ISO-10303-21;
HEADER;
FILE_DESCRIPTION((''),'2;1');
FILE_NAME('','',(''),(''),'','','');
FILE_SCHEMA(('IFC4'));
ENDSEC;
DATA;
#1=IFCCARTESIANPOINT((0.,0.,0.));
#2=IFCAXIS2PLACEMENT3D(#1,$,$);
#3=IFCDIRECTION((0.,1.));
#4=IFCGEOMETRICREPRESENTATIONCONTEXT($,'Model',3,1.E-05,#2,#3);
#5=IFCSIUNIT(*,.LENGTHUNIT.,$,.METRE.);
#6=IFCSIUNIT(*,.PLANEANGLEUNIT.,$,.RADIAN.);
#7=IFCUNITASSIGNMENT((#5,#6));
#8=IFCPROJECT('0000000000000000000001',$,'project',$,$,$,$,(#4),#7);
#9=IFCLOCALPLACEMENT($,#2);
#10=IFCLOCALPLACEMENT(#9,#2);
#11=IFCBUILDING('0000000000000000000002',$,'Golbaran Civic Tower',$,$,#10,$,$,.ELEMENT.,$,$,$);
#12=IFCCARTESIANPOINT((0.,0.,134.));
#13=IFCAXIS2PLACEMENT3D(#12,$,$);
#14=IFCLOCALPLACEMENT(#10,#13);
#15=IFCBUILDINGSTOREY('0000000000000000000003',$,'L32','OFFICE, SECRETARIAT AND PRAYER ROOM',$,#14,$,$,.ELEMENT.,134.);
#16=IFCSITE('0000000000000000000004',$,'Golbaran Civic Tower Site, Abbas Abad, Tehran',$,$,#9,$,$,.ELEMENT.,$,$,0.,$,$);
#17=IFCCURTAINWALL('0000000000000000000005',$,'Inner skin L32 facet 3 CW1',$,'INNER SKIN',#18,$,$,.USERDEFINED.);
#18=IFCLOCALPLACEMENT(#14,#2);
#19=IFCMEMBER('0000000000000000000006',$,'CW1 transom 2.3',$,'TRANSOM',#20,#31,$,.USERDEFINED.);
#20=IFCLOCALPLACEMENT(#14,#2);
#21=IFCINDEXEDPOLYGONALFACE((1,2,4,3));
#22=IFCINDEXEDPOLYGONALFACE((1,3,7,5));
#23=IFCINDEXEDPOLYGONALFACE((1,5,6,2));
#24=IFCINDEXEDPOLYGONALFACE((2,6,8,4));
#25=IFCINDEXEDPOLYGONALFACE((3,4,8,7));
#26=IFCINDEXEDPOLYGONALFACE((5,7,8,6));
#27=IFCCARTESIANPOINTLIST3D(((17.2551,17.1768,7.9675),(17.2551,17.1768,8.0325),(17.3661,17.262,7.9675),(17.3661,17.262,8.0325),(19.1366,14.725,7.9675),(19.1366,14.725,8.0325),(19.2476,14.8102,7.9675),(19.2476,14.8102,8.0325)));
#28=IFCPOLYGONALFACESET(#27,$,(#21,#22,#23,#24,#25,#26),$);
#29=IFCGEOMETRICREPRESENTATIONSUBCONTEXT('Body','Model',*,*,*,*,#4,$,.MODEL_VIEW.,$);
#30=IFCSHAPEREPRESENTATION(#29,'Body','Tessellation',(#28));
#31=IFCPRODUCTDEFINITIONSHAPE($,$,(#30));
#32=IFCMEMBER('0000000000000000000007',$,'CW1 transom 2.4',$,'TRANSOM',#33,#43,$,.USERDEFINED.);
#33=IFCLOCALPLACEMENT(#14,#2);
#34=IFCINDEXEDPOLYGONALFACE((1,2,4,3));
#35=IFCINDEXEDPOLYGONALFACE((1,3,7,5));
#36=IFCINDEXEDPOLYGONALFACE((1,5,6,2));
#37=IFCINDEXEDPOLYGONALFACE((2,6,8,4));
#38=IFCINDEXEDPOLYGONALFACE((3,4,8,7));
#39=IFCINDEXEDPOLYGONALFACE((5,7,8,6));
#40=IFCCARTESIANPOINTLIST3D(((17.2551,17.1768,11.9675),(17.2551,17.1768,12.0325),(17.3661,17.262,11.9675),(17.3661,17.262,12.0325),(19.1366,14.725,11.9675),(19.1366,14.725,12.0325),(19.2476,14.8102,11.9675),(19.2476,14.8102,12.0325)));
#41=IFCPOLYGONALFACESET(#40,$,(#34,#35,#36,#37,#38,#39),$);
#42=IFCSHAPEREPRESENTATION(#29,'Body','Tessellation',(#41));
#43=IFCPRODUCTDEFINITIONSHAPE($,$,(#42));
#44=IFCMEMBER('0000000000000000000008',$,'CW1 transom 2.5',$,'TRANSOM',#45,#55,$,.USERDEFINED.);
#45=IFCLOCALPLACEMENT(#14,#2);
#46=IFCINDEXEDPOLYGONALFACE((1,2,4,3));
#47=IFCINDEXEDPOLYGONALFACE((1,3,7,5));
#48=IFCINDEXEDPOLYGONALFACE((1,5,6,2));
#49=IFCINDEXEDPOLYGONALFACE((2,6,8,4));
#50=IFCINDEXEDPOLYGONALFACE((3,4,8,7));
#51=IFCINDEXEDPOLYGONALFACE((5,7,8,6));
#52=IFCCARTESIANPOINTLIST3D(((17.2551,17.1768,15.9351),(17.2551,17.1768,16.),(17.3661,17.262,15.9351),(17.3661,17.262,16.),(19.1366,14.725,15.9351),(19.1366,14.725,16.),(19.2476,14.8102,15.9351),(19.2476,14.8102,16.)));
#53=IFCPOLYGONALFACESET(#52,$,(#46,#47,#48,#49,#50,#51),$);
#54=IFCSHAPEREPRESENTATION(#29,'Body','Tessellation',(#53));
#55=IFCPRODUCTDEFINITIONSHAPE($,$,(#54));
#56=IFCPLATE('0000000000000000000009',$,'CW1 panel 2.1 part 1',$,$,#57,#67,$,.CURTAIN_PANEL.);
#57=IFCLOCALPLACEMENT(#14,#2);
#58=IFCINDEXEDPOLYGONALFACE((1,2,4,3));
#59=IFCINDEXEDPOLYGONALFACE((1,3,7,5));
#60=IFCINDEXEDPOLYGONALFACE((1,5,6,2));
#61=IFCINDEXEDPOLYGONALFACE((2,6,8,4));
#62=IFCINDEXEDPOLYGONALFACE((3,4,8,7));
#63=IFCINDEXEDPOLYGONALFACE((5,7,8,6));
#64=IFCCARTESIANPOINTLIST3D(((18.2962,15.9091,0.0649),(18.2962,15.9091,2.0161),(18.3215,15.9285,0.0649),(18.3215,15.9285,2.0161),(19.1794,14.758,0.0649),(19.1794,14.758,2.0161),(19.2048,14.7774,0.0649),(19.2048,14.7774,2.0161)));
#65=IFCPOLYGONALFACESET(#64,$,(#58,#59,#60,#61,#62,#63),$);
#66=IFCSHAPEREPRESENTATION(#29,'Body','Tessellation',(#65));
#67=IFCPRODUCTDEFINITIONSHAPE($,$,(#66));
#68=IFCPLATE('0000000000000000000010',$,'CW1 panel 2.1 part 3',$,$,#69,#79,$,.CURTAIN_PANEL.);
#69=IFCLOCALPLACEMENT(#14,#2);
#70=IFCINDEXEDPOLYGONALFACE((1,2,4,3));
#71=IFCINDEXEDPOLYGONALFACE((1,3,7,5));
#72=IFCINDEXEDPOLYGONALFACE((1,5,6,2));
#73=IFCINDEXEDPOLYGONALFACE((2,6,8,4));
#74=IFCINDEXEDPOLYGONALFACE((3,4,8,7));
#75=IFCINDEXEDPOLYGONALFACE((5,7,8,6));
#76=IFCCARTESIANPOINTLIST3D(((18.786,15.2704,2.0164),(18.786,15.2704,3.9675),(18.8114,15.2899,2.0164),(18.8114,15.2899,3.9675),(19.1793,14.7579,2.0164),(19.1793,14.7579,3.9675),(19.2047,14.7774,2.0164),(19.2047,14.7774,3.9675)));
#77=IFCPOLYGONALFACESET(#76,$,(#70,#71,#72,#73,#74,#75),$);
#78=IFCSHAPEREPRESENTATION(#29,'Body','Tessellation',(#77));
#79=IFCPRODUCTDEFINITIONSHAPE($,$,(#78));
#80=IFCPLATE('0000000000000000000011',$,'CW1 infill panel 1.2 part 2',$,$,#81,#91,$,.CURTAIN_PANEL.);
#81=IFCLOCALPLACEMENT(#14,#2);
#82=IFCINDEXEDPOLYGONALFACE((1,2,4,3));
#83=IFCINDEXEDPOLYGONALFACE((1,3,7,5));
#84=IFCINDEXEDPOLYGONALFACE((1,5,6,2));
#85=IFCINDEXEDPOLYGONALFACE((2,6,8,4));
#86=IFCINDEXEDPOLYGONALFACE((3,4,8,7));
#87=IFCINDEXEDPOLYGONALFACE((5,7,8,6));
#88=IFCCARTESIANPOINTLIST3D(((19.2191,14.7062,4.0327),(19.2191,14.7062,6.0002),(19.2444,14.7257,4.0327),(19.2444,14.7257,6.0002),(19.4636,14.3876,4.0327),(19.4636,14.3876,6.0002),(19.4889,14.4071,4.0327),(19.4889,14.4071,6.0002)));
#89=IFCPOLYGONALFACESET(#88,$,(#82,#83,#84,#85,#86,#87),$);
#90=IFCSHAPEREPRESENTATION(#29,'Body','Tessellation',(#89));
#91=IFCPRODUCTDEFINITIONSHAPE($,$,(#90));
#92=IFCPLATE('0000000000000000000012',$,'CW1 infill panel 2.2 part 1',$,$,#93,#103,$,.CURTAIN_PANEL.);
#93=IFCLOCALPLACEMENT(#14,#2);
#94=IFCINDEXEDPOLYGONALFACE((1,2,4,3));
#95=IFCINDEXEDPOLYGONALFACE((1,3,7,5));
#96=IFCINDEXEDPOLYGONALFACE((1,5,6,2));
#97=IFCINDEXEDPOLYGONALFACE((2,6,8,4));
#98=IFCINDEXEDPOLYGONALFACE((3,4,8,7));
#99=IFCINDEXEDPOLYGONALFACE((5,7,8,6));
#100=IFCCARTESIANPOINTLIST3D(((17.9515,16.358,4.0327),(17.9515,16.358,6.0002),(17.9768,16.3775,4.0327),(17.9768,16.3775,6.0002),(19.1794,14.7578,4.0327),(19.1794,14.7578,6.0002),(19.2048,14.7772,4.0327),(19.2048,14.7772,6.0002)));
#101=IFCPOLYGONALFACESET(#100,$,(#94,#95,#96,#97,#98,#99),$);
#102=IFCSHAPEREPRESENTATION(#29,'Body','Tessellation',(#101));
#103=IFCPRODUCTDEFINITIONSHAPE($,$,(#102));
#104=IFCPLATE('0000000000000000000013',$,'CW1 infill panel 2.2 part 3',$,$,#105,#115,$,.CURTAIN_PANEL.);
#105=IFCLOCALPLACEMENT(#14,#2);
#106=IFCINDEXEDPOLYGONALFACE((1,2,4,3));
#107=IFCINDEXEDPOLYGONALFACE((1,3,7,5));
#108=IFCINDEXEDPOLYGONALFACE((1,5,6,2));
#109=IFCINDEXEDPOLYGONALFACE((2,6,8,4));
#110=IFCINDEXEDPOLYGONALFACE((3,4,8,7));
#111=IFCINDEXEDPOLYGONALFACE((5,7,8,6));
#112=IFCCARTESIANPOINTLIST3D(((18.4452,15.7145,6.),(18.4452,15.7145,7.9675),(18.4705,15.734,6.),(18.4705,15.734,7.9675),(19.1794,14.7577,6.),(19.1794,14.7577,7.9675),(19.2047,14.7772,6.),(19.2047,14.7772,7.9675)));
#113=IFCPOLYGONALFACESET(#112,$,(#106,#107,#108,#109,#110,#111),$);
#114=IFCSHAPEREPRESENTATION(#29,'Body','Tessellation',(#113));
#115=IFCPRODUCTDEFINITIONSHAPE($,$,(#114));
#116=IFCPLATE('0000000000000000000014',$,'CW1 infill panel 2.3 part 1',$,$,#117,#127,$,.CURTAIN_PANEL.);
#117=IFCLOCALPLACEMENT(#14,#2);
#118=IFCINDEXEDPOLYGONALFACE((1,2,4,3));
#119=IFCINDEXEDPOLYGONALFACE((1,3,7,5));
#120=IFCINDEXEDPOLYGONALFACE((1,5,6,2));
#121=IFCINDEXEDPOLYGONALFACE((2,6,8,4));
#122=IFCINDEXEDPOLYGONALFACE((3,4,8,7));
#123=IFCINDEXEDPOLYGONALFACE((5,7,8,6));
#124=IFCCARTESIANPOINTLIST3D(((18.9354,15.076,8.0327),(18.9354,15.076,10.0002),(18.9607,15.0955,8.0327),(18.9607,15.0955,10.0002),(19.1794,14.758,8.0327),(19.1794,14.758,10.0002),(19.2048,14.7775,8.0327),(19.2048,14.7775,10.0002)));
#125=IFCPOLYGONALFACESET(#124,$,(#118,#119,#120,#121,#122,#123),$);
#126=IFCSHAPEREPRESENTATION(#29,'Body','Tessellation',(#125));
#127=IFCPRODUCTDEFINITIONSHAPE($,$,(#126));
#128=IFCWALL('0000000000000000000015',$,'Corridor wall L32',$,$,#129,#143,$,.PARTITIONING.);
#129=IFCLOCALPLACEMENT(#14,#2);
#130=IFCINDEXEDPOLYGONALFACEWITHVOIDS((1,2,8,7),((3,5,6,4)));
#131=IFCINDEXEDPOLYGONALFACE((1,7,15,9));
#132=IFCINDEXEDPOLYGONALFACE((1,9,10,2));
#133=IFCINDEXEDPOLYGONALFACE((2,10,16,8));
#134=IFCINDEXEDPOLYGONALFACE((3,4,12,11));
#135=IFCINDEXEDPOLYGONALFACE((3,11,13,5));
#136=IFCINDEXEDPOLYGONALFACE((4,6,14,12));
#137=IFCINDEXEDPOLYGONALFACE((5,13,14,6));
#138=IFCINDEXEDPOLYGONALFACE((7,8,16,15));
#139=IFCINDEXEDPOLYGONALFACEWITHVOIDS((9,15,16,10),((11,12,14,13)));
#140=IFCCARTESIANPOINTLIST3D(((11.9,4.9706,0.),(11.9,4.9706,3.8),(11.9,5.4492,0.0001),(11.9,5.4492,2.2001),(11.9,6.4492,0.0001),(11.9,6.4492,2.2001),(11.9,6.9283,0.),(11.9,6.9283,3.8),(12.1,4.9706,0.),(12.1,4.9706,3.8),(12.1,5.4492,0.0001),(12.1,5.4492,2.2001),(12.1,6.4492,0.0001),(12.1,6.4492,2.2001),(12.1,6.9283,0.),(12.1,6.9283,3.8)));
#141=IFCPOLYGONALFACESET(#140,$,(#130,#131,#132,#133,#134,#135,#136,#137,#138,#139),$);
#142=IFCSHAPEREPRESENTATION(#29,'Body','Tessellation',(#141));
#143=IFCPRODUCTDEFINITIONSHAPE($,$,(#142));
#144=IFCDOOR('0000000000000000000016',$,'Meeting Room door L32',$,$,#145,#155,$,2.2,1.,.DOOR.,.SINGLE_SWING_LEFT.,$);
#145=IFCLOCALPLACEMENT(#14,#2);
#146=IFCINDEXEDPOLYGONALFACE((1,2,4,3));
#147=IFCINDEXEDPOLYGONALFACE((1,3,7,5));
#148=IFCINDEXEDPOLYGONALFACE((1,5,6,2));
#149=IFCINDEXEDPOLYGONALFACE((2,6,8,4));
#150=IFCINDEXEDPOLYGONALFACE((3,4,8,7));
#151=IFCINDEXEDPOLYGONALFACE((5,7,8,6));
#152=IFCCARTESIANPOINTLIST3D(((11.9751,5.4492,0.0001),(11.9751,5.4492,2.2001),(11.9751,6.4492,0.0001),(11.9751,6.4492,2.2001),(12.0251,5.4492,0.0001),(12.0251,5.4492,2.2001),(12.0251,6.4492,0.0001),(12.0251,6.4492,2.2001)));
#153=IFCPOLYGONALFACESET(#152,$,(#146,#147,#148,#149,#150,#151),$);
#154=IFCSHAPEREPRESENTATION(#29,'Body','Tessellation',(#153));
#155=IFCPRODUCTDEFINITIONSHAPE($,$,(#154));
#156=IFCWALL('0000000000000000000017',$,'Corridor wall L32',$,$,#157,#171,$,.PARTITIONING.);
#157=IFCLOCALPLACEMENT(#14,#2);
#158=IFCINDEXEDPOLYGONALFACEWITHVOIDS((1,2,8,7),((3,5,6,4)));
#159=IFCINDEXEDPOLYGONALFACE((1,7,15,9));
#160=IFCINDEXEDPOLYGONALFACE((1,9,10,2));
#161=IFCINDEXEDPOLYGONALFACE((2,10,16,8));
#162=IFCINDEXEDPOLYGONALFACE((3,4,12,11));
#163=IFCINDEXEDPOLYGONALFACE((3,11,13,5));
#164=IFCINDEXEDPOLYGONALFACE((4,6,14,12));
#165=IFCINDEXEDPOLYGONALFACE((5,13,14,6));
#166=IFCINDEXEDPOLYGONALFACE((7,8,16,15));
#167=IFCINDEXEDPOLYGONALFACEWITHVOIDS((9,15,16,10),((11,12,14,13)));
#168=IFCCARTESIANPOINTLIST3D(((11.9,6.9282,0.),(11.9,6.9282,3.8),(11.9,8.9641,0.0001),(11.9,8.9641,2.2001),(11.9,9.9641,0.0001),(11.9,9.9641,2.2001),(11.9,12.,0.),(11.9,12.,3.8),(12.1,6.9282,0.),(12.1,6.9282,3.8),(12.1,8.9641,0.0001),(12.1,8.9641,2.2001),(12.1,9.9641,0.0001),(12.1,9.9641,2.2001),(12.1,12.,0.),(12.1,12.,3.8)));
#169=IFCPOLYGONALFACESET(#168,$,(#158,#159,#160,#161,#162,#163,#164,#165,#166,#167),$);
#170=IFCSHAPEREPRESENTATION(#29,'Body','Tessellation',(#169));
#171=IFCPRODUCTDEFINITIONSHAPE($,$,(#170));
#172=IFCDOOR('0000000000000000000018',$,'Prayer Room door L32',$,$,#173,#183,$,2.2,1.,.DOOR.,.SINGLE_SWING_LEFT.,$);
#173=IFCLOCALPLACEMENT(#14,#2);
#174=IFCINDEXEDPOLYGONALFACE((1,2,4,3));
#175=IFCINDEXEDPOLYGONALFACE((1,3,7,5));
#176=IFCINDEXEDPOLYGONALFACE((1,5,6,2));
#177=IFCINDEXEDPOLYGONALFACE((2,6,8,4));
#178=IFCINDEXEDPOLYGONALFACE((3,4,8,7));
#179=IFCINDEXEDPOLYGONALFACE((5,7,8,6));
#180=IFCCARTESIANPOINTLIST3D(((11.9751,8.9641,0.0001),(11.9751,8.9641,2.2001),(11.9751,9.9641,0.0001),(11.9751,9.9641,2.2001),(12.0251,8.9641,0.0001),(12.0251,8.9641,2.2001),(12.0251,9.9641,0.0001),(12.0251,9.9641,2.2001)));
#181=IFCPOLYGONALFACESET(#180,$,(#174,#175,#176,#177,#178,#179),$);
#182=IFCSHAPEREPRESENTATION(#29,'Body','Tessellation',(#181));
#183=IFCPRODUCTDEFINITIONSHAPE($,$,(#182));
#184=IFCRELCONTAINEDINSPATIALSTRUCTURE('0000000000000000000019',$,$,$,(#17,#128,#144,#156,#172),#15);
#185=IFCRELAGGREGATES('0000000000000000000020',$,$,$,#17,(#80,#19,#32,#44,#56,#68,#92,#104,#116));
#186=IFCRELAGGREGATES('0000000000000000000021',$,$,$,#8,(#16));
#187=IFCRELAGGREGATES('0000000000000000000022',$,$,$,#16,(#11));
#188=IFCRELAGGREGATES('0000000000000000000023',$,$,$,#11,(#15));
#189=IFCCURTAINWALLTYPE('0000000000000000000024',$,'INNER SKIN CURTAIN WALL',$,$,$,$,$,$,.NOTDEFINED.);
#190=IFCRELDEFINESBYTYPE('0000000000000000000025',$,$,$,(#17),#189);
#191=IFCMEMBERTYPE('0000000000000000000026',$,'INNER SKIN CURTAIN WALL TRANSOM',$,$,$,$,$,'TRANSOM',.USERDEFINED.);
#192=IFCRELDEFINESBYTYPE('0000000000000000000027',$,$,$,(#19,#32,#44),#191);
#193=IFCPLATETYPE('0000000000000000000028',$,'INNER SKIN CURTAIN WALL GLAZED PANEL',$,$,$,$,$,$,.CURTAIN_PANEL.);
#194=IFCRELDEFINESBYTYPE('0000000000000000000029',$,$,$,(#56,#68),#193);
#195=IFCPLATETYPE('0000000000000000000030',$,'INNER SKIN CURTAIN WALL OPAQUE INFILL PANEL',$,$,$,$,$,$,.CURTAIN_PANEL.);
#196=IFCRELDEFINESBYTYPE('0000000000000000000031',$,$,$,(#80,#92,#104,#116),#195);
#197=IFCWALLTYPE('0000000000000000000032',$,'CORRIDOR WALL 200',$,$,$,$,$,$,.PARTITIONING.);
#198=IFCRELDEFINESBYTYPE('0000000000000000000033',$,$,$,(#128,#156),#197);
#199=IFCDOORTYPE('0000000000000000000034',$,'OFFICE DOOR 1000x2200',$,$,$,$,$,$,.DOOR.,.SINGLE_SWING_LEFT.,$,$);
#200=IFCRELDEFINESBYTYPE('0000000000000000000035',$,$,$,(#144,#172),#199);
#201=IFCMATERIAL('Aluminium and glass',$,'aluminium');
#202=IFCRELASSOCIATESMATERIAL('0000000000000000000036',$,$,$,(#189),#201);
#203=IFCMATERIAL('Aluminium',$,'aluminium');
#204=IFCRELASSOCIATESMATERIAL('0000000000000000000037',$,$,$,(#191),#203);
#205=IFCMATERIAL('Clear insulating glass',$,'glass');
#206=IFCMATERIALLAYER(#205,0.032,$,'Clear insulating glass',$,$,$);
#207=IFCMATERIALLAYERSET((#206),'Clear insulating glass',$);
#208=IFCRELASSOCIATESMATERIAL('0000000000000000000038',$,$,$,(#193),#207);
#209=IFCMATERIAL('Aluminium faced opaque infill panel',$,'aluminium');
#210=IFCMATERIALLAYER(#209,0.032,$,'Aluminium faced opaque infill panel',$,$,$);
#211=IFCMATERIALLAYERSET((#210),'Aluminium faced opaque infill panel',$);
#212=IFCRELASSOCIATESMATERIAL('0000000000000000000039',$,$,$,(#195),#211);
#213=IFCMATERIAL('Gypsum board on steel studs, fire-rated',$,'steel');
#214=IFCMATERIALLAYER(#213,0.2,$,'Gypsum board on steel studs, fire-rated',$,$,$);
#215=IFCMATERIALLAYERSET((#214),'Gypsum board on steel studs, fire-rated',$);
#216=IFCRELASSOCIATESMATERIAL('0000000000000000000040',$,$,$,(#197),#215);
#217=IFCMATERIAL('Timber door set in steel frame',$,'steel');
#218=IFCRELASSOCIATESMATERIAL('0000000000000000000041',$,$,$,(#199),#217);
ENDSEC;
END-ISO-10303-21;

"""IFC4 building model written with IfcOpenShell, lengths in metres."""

from ifc_helpers import new_model, si_unit, direction, frame, frame_2d, origin, origin_2d, place, context, subcontext, project, spatial, rectangle, extrude, material, layer, layer_set, material_profile, profile_set, type_object, element, fill, aggregate, save


model = new_model("IFC4")

# Units and contexts
model_context = context("Model", 3, precision=1e-05, world=origin(), true_north=direction((0.0, 1.0)))
body_context = subcontext(model_context, "Body", "Model", "MODEL_VIEW")
ifc_project = project(units=[si_unit("LENGTHUNIT", "METRE"), si_unit("PLANEANGLEUNIT", "RADIAN")], contexts=[model_context])

# Site, building, storey
site_placement = place(None, origin())
site = spatial("IfcSite", under=ifc_project, at=site_placement, Name="Golbaran Civic Tower Site, Abbas Abad, Tehran", CompositionType="ELEMENT", RefElevation=0.0)
building_placement = place(site_placement, origin())
building = spatial("IfcBuilding", under=site, at=building_placement, Name="Golbaran Civic Tower", CompositionType="ELEMENT")
storey_placement = place(building_placement, frame((0.0, 0.0, 134.0)))
storey = spatial("IfcBuildingStorey", under=building, at=storey_placement, Name="L32", Description="OFFICE, SECRETARIAT AND PRAYER ROOM", CompositionType="ELEMENT", Elevation=134.0)

# Curtain wall, members, plates
ifc_material_1 = material(Name="Aluminium and glass", Category="aluminium")
curtain_wall_type = type_object("IfcCurtainWallType", Name="INNER SKIN CURTAIN WALL", PredefinedType="NOTDEFINED", material=ifc_material_1)
curtain_wall_placement = place(storey_placement, origin())
curtain_wall = element("IfcCurtainWall", 1, at=curtain_wall_placement, inside=storey, type_object=curtain_wall_type, Name="Inner skin L32 facet 3 CW1", ObjectType="INNER SKIN", PredefinedType="USERDEFINED")
ifc_material_2 = material(Name="Aluminium", Category="aluminium")
ifc_material_profile_1 = material_profile(ifc_material_2, rectangle(XDim=0.1399, YDim=0.0649, at=origin_2d()), Name="INNER SKIN CURTAIN WALL TRANSOM")
ifc_profile_set_1 = profile_set([ifc_material_profile_1], Name="Aluminium")
member_type_1 = type_object("IfcMemberType", Name="INNER SKIN CURTAIN WALL TRANSOM", ElementType="TRANSOM", PredefinedType="USERDEFINED", material=ifc_profile_set_1)
member_1_placement = place(storey_placement, frame((19.1921, 14.7676, 8.0), z_axis=(-0.608798, 0.793325, 0.0), x_axis=(-0.793325, -0.608798, 0.0)))
member_1 = element("IfcMember", 2, at=member_1_placement, type_object=member_type_1, Name="CW1 transom 2.3", ObjectType="TRANSOM", PredefinedType="USERDEFINED", context=body_context, shape_type="SweptSolid", body=[
    extrude(rectangle(XDim=0.1399, YDim=0.0649, at=origin_2d()), origin(), (0.0, 0.0, 1.0), 3.0906),
])
member_2_placement = place(storey_placement, frame((19.1921, 14.7676, 12.0), z_axis=(-0.608798, 0.793325, 0.0), x_axis=(-0.793325, -0.608798, 0.0)))
member_2 = element("IfcMember", 3, at=member_2_placement, type_object=member_type_1, Name="CW1 transom 2.4", ObjectType="TRANSOM", PredefinedType="USERDEFINED", context=body_context, shape_type="SweptSolid", body=[
    extrude(rectangle(XDim=0.1399, YDim=0.0649, at=origin_2d()), origin(), (0.0, 0.0, 1.0), 3.0906),
])
member_3_placement = place(storey_placement, frame((19.1921, 14.7676, 15.9675), z_axis=(-0.608798, 0.793325, 0.0), x_axis=(-0.793325, -0.608798, 0.0)))
member_3 = element("IfcMember", 4, at=member_3_placement, type_object=member_type_1, Name="CW1 transom 2.5", ObjectType="TRANSOM", PredefinedType="USERDEFINED", context=body_context, shape_type="SweptSolid", body=[
    extrude(rectangle(XDim=0.1399, YDim=0.0649, at=origin_2d()), origin(), (0.0, 0.0, 1.0), 3.0906),
])
ifc_material_3 = material(Name="Clear insulating glass", Category="glass")
ifc_layer_1 = layer(ifc_material_3, 0.032, Name="Clear insulating glass")
ifc_layer_set_1 = layer_set([ifc_layer_1], Name="Clear insulating glass")
plate_type_1 = type_object("IfcPlateType", Name="INNER SKIN CURTAIN WALL GLAZED PANEL", PredefinedType="CURTAIN_PANEL", material=ifc_layer_set_1)
plate_1_placement = place(storey_placement, frame((18.7505, 15.3433, 0.0649), z_axis=(0.0, 0.0, 1.0), x_axis=(-0.608761, 0.793353, 0.0)))
plate_1 = element("IfcPlate", 5, at=plate_1_placement, type_object=plate_type_1, Name="CW1 panel 2.1 part 1", PredefinedType="CURTAIN_PANEL", context=body_context, shape_type="SweptSolid", body=[
    extrude(rectangle(XDim=1.4509, YDim=0.032, at=origin_2d()), origin(), (0.0, 0.0, 1.0), 1.9512),
])
plate_2_placement = place(storey_placement, frame((18.9954, 15.0239, 2.0164), z_axis=(0.0, 0.0, 1.0), x_axis=(-0.608761, 0.793353, 0.0)))
plate_2 = element("IfcPlate", 6, at=plate_2_placement, type_object=plate_type_1, Name="CW1 panel 2.1 part 3", PredefinedType="CURTAIN_PANEL", context=body_context, shape_type="SweptSolid", body=[
    extrude(rectangle(XDim=0.646, YDim=0.032, at=origin_2d()), origin(), (0.0, 0.0, 1.0), 1.9512),
])
ifc_material_4 = material(Name="Aluminium faced opaque infill panel", Category="aluminium")
ifc_layer_2 = layer(ifc_material_4, 0.032, Name="Aluminium faced opaque infill panel")
ifc_layer_set_2 = layer_set([ifc_layer_2], Name="Aluminium faced opaque infill panel")
plate_type_2 = type_object("IfcPlateType", Name="INNER SKIN CURTAIN WALL OPAQUE INFILL PANEL", PredefinedType="CURTAIN_PANEL", material=ifc_layer_set_2)
plate_3_placement = place(storey_placement, frame((19.354, 14.5566, 4.0327), z_axis=(0.0, 0.0, 1.0), x_axis=(-0.608761, 0.793353, 0.0)))
plate_3 = element("IfcPlate", 7, at=plate_3_placement, type_object=plate_type_2, Name="CW1 infill panel 1.2 part 2", PredefinedType="CURTAIN_PANEL", context=body_context, shape_type="SweptSolid", body=[
    extrude(rectangle(XDim=0.4016, YDim=0.032, at=origin_2d()), origin(), (0.0, 0.0, 1.0), 1.9675),
])
plate_4_placement = place(storey_placement, frame((18.5781, 15.5676, 4.0327), z_axis=(0.0, 0.0, 1.0), x_axis=(-0.608761, 0.793353, 0.0)))
plate_4 = element("IfcPlate", 8, at=plate_4_placement, type_object=plate_type_2, Name="CW1 infill panel 2.2 part 1", PredefinedType="CURTAIN_PANEL", context=body_context, shape_type="SweptSolid", body=[
    extrude(rectangle(XDim=2.0171, YDim=0.032, at=origin_2d()), origin(), (0.0, 0.0, 1.0), 1.9675),
])
plate_5_placement = place(storey_placement, frame((18.825, 15.2458, 6.0), z_axis=(0.0, 0.0, 1.0), x_axis=(-0.608761, 0.793353, 0.0)))
plate_5 = element("IfcPlate", 9, at=plate_5_placement, type_object=plate_type_2, Name="CW1 infill panel 2.2 part 3", PredefinedType="CURTAIN_PANEL", context=body_context, shape_type="SweptSolid", body=[
    extrude(rectangle(XDim=1.2061, YDim=0.032, at=origin_2d()), origin(), (0.0, 0.0, 1.0), 1.9675),
])
plate_6_placement = place(storey_placement, frame((19.0701, 14.9268, 8.0327), z_axis=(0.0, 0.0, 1.0), x_axis=(-0.608761, 0.793353, 0.0)))
plate_6 = element("IfcPlate", 10, at=plate_6_placement, type_object=plate_type_2, Name="CW1 infill panel 2.3 part 1", PredefinedType="CURTAIN_PANEL", context=body_context, shape_type="SweptSolid", body=[
    extrude(rectangle(XDim=0.4009, YDim=0.032, at=origin_2d()), origin(), (0.0, 0.0, 1.0), 1.9675),
])
aggregate(curtain_wall, [plate_3, member_1, member_2, member_3, plate_1, plate_2, plate_4, plate_5, plate_6])

# Walls, openings, doors
ifc_material_5 = material(Name="Gypsum board on steel studs, fire-rated", Category="steel")
ifc_layer_3 = layer(ifc_material_5, 0.2, Name="Gypsum board on steel studs, fire-rated")
ifc_layer_set_3 = layer_set([ifc_layer_3], Name="Gypsum board on steel studs, fire-rated")
wall_type_1 = type_object("IfcWallType", Name="CORRIDOR WALL 200", PredefinedType="PARTITIONING", material=ifc_layer_set_3)
wall_1_placement = place(storey_placement, frame((12.0, 4.9705, 0.0), z_axis=(0.0, 0.0, 1.0), x_axis=(0.0, 1.0, 0.0)))
wall_1 = element("IfcWall", 11, at=wall_1_placement, inside=storey, type_object=wall_type_1, Name="Corridor wall L32", PredefinedType="PARTITIONING", context=body_context, shape_type="SweptSolid", body=[
    extrude(rectangle(XDim=1.9578, YDim=0.2, at=frame_2d((0.979, 0.0))), origin(), (0.0, 0.0, 1.0), 3.8),
])
opening_1_placement = place(wall_1_placement, frame((0.4788, 0.0, 0.0)))
opening_1 = element("IfcOpeningElement", 12, at=opening_1_placement, cuts=wall_1, PredefinedType="OPENING", context=body_context, shape_type="SweptSolid", body=[
    extrude(rectangle(XDim=1.0, YDim=2.2, at=frame_2d((0.5, 1.1001))), frame((0.0, 0.1099, 0.0), z_axis=(0.0, -1.0, 0.0), x_axis=(1.0, 0.0, 0.0)), (0.0, 0.0, 1.0), 0.22),
])
ifc_material_6 = material(Name="Timber door set in steel frame", Category="steel")
door_type = type_object("IfcDoorType", Name="OFFICE DOOR 1000x2200", OperationType="SINGLE_SWING_LEFT", PredefinedType="DOOR", material=ifc_material_6)
door_1_placement = place(opening_1_placement, origin())
door_1 = element("IfcDoor", 13, at=door_1_placement, inside=storey, type_object=door_type, Name="Meeting Room door L32", OperationType="SINGLE_SWING_LEFT", OverallHeight=2.2, OverallWidth=1.0, PredefinedType="DOOR", context=body_context, shape_type="SweptSolid", body=[
    extrude(rectangle(XDim=1.0, YDim=2.2, at=frame_2d((0.5, 1.1001))), frame((0.0, 0.0249, 0.0), z_axis=(0.0, -1.0, 0.0), x_axis=(1.0, 0.0, 0.0)), (0.0, 0.0, 1.0), 0.05),
])
fill(opening_1, door_1)
wall_2_placement = place(storey_placement, frame((12.0, 6.9282, 0.0), z_axis=(0.0, 0.0, 1.0), x_axis=(0.0, 1.0, 0.0)))
wall_2 = element("IfcWall", 14, at=wall_2_placement, inside=storey, type_object=wall_type_1, Name="Corridor wall L32", PredefinedType="PARTITIONING", context=body_context, shape_type="SweptSolid", body=[
    extrude(rectangle(XDim=5.0718, YDim=0.2, at=frame_2d((2.5359, 0.0))), origin(), (0.0, 0.0, 1.0), 3.8),
])
opening_2_placement = place(wall_2_placement, frame((2.0359, 0.0, 0.0)))
opening_2 = element("IfcOpeningElement", 15, at=opening_2_placement, cuts=wall_2, PredefinedType="OPENING", context=body_context, shape_type="SweptSolid", body=[
    extrude(rectangle(XDim=1.0, YDim=2.2, at=frame_2d((0.5, 1.1001))), frame((0.0, 0.1099, 0.0), z_axis=(0.0, -1.0, 0.0), x_axis=(1.0, 0.0, 0.0)), (0.0, 0.0, 1.0), 0.22),
])
door_2_placement = place(opening_2_placement, origin())
door_2 = element("IfcDoor", 16, at=door_2_placement, inside=storey, type_object=door_type, Name="Prayer Room door L32", OperationType="SINGLE_SWING_LEFT", OverallHeight=2.2, OverallWidth=1.0, PredefinedType="DOOR", context=body_context, shape_type="SweptSolid", body=[
    extrude(rectangle(XDim=1.0, YDim=2.2, at=frame_2d((0.5, 1.1001))), frame((0.0, 0.0249, 0.0), z_axis=(0.0, -1.0, 0.0), x_axis=(1.0, 0.0, 0.0)), (0.0, 0.0, 1.0), 0.05),
])
fill(opening_2, door_2)

save(model, "model.ifc")
